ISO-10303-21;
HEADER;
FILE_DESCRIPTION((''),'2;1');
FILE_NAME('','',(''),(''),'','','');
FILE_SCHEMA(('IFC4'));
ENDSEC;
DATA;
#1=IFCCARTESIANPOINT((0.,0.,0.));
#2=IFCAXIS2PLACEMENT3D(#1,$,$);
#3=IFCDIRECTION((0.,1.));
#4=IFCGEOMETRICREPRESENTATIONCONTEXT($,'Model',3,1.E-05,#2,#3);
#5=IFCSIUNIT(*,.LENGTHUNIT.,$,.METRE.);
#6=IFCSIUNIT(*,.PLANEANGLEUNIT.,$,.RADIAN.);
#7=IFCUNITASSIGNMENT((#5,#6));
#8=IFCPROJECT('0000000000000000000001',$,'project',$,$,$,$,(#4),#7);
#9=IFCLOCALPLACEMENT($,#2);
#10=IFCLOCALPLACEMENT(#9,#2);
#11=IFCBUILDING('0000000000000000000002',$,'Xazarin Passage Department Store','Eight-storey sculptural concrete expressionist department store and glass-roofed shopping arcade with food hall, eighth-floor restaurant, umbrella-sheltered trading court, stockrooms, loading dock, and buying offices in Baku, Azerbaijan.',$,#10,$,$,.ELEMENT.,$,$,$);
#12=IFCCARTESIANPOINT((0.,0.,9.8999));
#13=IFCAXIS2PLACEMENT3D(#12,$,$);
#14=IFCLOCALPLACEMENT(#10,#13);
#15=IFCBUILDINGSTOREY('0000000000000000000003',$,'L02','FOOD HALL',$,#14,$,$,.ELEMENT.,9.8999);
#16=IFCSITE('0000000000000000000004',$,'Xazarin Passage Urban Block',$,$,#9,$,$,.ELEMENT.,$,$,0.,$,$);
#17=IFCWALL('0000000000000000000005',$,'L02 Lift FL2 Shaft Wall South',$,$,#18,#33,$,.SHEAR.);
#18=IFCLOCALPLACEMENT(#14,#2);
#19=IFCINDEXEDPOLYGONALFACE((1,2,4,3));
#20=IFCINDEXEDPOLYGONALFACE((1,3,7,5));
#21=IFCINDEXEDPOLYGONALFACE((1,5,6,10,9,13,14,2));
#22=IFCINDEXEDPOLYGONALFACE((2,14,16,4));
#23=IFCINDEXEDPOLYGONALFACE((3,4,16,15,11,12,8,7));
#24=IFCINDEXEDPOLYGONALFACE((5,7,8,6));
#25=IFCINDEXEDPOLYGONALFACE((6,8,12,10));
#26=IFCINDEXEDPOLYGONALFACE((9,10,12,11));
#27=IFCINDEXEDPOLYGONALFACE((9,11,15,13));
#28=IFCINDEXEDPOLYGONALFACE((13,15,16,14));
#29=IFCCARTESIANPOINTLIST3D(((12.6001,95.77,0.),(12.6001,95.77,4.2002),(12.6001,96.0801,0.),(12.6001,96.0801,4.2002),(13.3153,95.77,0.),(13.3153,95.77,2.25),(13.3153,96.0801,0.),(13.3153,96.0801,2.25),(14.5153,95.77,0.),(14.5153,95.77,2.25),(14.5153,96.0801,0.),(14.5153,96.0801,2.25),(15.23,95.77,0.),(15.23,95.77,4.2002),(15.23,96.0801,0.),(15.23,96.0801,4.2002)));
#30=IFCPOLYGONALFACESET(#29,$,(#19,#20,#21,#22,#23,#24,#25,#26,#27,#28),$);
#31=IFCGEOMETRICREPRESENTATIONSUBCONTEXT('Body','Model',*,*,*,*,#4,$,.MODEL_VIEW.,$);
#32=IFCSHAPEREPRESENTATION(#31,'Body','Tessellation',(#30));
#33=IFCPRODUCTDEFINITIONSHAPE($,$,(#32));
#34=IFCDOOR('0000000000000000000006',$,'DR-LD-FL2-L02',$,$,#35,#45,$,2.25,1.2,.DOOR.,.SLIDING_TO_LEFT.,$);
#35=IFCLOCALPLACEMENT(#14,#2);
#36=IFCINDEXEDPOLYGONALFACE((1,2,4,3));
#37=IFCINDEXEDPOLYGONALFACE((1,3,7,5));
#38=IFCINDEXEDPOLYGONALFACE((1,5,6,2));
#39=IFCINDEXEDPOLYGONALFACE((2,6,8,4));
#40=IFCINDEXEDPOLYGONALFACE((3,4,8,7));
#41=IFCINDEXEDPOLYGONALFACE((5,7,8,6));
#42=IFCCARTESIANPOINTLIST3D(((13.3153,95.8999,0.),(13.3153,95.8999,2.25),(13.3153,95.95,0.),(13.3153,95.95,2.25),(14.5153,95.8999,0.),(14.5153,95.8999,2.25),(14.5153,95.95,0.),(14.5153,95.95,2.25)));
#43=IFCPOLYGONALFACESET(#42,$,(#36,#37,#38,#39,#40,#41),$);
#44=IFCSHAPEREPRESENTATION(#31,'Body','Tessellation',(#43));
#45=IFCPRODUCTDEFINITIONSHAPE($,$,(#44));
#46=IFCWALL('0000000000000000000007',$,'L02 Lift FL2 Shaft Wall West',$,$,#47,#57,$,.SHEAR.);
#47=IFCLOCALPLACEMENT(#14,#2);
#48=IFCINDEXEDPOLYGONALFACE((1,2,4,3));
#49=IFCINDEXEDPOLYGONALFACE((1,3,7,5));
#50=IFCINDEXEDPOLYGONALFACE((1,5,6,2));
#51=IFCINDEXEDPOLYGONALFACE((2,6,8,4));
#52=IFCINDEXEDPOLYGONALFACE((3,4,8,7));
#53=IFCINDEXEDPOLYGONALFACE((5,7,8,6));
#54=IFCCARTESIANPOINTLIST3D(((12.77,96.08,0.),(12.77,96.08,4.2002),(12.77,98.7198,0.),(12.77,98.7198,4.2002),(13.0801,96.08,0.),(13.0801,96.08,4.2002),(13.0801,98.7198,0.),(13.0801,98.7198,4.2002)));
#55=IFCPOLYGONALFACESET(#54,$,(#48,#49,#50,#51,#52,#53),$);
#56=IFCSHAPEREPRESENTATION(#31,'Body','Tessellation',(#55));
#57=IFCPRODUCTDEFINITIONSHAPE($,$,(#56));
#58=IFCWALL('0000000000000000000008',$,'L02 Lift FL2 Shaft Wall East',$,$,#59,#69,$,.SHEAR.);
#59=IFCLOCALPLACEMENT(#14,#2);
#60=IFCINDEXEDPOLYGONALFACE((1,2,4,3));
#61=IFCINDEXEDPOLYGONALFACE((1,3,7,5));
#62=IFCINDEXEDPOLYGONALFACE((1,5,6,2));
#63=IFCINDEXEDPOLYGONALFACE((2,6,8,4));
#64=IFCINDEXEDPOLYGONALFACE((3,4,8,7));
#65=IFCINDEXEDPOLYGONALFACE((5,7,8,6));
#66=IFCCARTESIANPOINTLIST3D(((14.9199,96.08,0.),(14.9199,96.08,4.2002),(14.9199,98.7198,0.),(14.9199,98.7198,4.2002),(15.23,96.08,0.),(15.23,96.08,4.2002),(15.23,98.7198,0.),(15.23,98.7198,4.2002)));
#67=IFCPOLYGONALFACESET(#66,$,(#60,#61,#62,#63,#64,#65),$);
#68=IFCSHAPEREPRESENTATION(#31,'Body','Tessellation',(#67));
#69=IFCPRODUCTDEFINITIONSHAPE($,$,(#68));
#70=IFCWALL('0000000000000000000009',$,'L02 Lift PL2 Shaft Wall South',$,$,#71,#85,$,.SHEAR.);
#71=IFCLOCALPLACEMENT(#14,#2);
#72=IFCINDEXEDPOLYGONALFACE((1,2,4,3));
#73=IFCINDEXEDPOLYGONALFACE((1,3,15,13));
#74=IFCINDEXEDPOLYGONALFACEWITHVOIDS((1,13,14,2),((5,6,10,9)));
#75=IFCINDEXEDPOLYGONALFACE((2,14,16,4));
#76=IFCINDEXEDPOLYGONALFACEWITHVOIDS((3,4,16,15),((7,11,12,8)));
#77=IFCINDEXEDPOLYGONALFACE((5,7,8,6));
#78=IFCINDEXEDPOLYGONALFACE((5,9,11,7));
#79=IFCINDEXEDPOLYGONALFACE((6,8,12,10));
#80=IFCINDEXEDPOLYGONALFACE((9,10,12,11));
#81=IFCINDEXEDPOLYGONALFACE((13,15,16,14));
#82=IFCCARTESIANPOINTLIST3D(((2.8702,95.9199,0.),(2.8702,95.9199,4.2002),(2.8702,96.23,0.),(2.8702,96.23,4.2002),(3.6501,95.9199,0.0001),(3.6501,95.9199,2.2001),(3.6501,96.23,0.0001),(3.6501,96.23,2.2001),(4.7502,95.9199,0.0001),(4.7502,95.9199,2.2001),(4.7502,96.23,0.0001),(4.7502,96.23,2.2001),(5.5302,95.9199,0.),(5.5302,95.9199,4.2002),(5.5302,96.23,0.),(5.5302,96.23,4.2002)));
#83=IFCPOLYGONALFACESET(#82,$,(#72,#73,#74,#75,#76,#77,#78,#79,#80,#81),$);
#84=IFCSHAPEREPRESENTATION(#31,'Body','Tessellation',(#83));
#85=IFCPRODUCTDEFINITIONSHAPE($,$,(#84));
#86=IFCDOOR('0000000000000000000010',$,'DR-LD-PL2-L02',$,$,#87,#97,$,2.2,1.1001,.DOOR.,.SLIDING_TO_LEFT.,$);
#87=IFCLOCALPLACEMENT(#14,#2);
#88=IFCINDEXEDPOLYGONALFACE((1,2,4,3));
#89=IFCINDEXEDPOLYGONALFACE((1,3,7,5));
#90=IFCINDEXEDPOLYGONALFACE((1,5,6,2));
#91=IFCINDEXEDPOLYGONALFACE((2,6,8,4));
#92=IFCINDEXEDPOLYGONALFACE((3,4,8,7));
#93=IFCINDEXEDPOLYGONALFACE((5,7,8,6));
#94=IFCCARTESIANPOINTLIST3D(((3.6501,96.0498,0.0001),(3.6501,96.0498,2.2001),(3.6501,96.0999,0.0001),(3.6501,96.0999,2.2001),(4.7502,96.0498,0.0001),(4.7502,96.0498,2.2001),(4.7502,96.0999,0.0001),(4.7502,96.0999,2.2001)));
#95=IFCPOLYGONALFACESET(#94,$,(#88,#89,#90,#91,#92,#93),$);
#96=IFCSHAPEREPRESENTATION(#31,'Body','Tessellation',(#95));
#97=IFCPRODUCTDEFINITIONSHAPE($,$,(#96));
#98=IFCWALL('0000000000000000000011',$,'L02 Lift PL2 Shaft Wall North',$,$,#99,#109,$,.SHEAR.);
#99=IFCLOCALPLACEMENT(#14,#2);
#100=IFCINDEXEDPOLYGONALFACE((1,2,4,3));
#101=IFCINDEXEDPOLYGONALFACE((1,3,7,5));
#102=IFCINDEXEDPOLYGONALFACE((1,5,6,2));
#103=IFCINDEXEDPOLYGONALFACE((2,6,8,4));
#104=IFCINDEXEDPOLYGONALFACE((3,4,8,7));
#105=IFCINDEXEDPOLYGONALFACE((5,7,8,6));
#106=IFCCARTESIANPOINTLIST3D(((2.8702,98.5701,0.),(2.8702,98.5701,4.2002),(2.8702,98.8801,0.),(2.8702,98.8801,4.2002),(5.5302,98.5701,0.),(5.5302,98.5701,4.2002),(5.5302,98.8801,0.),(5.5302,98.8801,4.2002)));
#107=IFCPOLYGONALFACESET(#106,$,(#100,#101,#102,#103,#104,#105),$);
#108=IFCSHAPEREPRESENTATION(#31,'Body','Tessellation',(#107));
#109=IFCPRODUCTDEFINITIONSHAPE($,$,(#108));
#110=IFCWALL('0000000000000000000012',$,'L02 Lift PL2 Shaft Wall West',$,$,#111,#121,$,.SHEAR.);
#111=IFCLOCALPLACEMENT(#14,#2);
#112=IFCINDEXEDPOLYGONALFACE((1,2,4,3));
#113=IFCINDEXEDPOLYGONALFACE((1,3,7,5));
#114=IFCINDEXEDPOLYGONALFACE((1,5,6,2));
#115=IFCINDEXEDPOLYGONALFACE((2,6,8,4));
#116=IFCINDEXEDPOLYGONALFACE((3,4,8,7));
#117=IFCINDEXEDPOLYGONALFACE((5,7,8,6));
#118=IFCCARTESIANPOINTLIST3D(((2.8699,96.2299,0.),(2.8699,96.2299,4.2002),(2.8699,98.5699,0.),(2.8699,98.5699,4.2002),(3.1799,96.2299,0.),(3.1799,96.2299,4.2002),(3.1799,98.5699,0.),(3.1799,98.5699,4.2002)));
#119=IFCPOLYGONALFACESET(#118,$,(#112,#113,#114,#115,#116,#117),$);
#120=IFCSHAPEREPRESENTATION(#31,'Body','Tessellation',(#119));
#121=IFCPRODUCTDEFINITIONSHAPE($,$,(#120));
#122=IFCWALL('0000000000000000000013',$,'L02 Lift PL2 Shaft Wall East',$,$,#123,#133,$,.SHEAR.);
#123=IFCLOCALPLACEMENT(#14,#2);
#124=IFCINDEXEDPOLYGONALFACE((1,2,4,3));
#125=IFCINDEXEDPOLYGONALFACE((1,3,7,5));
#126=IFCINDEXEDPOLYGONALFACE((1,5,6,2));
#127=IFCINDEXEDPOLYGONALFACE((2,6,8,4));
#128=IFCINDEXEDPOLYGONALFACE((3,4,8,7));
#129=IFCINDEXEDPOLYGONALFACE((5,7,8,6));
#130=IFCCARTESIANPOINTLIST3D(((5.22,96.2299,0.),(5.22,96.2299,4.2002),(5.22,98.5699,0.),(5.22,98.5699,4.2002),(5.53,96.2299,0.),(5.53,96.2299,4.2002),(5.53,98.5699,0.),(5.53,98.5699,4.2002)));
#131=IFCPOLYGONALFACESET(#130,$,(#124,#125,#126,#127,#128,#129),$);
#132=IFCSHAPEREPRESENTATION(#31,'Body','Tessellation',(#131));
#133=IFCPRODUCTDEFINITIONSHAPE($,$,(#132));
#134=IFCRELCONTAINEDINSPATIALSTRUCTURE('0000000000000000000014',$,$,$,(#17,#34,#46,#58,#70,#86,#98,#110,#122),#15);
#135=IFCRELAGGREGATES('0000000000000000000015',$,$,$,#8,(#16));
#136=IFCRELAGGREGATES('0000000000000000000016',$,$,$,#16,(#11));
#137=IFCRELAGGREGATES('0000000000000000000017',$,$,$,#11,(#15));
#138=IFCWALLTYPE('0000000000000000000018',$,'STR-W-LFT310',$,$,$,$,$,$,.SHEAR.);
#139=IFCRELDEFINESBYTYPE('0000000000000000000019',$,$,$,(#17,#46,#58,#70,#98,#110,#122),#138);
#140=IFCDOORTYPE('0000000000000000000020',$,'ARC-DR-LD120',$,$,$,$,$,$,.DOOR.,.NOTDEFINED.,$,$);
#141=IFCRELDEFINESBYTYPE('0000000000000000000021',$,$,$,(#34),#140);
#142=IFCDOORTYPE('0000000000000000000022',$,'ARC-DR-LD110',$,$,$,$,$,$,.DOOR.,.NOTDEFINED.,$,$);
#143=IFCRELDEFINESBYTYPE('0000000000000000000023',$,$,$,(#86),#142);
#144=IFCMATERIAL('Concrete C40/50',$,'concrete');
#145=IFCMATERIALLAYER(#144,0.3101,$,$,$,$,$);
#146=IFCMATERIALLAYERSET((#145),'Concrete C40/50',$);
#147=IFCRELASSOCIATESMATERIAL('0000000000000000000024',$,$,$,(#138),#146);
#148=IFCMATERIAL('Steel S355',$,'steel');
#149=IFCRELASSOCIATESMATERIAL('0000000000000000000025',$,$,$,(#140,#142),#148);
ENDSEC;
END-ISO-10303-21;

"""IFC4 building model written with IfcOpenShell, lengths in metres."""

from ifc_helpers import new_model, si_unit, direction, frame, frame_2d, origin, place, context, subcontext, project, spatial, rectangle, extrude, material, layer, layer_set, type_object, element, fill, save


model = new_model("IFC4")

# Units and contexts
model_context = context("Model", 3, precision=1e-05, world=origin(), true_north=direction((0.0, 1.0)))
body_context = subcontext(model_context, "Body", "Model", "MODEL_VIEW")
ifc_project = project(units=[si_unit("LENGTHUNIT", "METRE"), si_unit("PLANEANGLEUNIT", "RADIAN")], contexts=[model_context])

# Site, building, storey
site_placement = place(None, origin())
site = spatial("IfcSite", under=ifc_project, at=site_placement, Name="Xazarin Passage Urban Block", CompositionType="ELEMENT", RefElevation=0.0)
building_placement = place(site_placement, origin())
building = spatial("IfcBuilding", under=site, at=building_placement, Name="Xazarin Passage Department Store", Description="Eight-storey sculptural concrete expressionist department store and glass-roofed shopping arcade with food hall, eighth-floor restaurant, umbrella-sheltered trading court, stockrooms, loading dock, and buying offices in Baku, Azerbaijan.", CompositionType="ELEMENT")
storey_placement = place(building_placement, frame((0.0, 0.0, 9.8999)))
storey = spatial("IfcBuildingStorey", under=building, at=storey_placement, Name="L02", Description="FOOD HALL", CompositionType="ELEMENT", Elevation=9.8999)

# Shared definitions
ifc_material_1 = material(Name="Concrete C40/50", Category="concrete")

# Shared definitions
ifc_material_2 = material(Name="Steel S355", Category="steel")

# Shared definitions
ifc_layer_1 = layer(ifc_material_1, 0.3101)
ifc_layer_set_1 = layer_set([ifc_layer_1], Name="Concrete C40/50")
wall_type_1 = type_object("IfcWallType", Name="STR-W-LFT310", PredefinedType="SHEAR", material=ifc_layer_set_1)
door_type_1 = type_object("IfcDoorType", Name="ARC-DR-LD120", OperationType="NOTDEFINED", PredefinedType="DOOR", material=ifc_material_2)

# Wall, opening, door
wall_1_placement = place(storey_placement, frame((12.6001, 95.925, 0.0), z_axis=(0.0, 0.0, 1.0), x_axis=(1.0, 0.0, 0.0)))
wall_1 = element("IfcWall", 1, at=wall_1_placement, inside=storey, type_object=wall_type_1, Name="L02 Lift FL2 Shaft Wall South", PredefinedType="SHEAR", context=body_context, shape_type="SweptSolid", body=[
    extrude(rectangle(XDim=2.6299, YDim=0.3101, at=frame_2d((1.3149, 0.0))), origin(), (0.0, 0.0, 1.0), 4.2002),
])
opening_1_placement = place(wall_1_placement, frame((0.7151, 0.0, 0.0)))
opening_1 = element("IfcOpeningElement", 2, at=opening_1_placement, cuts=wall_1, PredefinedType="OPENING", context=body_context, shape_type="SweptSolid", body=[
    extrude(rectangle(XDim=1.2, YDim=2.25, at=frame_2d((0.6001, 1.125))), frame((0.0, 0.165, 0.0), z_axis=(0.0, -1.0, 0.0), x_axis=(1.0, 0.0, 0.0)), (0.0, 0.0, 1.0), 0.3301),
])
door_1_placement = place(opening_1_placement, origin())
door_1 = element("IfcDoor", 3, at=door_1_placement, inside=storey, type_object=door_type_1, Name="DR-LD-FL2-L02", OperationType="SLIDING_TO_LEFT", OverallHeight=2.25, OverallWidth=1.2, PredefinedType="DOOR", context=body_context, shape_type="SweptSolid", body=[
    extrude(rectangle(XDim=1.2, YDim=2.25, at=frame_2d((0.6001, 1.125))), frame((0.0, 0.0249, 0.0), z_axis=(0.0, -1.0, 0.0), x_axis=(1.0, 0.0, 0.0)), (0.0, 0.0, 1.0), 0.05),
])
fill(opening_1, door_1)

# Walls
for number, where, z_axis, x_axis, name in (
    (4, (12.925, 96.0801, 0.0), (0.0, 0.0, 1.0), (0.0, 1.0, 0.0), "L02 Lift FL2 Shaft Wall West"),
    (5, (15.075, 96.0801, 0.0), (0.0, 0.0, 1.0), (0.0, 1.0, 0.0), "L02 Lift FL2 Shaft Wall East"),
):
    element("IfcWall", number, at=place(storey_placement, frame(where, z_axis=z_axis, x_axis=x_axis)), inside=storey, type_object=wall_type_1, Name=name, PredefinedType="SHEAR", context=body_context, shape_type="SweptSolid", body=[
        extrude(rectangle(XDim=2.6399, YDim=0.3101, at=frame_2d((1.3198, 0.0))), origin(), (0.0, 0.0, 1.0), 4.2002),
    ])

# Wall, opening, door
wall_2_placement = place(storey_placement, frame((2.8701, 96.075, 0.0), z_axis=(0.0, 0.0, 1.0), x_axis=(1.0, 0.0, 0.0)))
wall_2 = element("IfcWall", 6, at=wall_2_placement, inside=storey, type_object=wall_type_1, Name="L02 Lift PL2 Shaft Wall South", PredefinedType="SHEAR", context=body_context, shape_type="SweptSolid", body=[
    extrude(rectangle(XDim=2.6599, YDim=0.3101, at=frame_2d((1.3301, 0.0))), origin(), (0.0, 0.0, 1.0), 4.2002),
])
opening_2_placement = place(wall_2_placement, frame((0.78, 0.0, 0.0)))
opening_2 = element("IfcOpeningElement", 7, at=opening_2_placement, cuts=wall_2, PredefinedType="OPENING", context=body_context, shape_type="SweptSolid", body=[
    extrude(rectangle(XDim=1.1001, YDim=2.2, at=frame_2d((0.55, 1.1001))), frame((0.0, 0.165, 0.0), z_axis=(0.0, -1.0, 0.0), x_axis=(1.0, 0.0, 0.0)), (0.0, 0.0, 1.0), 0.3301),
])
door_type_2 = type_object("IfcDoorType", Name="ARC-DR-LD110", OperationType="NOTDEFINED", PredefinedType="DOOR", material=ifc_material_2)
door_2_placement = place(opening_2_placement, origin())
door_2 = element("IfcDoor", 8, at=door_2_placement, inside=storey, type_object=door_type_2, Name="DR-LD-PL2-L02", OperationType="SLIDING_TO_LEFT", OverallHeight=2.2, OverallWidth=1.1001, PredefinedType="DOOR", context=body_context, shape_type="SweptSolid", body=[
    extrude(rectangle(XDim=1.1001, YDim=2.2, at=frame_2d((0.55, 1.1001))), frame((0.0, 0.0249, 0.0), z_axis=(0.0, -1.0, 0.0), x_axis=(1.0, 0.0, 0.0)), (0.0, 0.0, 1.0), 0.05),
])
fill(opening_2, door_2)

# Walls
wall_3_placement = place(storey_placement, frame((2.8701, 98.7251, 0.0), z_axis=(0.0, 0.0, 1.0), x_axis=(1.0, 0.0, 0.0)))
element("IfcWall", 9, at=wall_3_placement, inside=storey, type_object=wall_type_1, Name="L02 Lift PL2 Shaft Wall North", PredefinedType="SHEAR", context=body_context, shape_type="SweptSolid", body=[
    extrude(rectangle(XDim=2.6599, YDim=0.3101, at=frame_2d((1.3301, 0.0))), origin(), (0.0, 0.0, 1.0), 4.2002),
])
for number, where, z_axis, x_axis, name in (
    (10, (3.0249, 96.23, 0.0), (0.0, 0.0, 1.0), (0.0, 1.0, 0.0), "L02 Lift PL2 Shaft Wall West"),
    (11, (5.375, 96.23, 0.0), (0.0, 0.0, 1.0), (0.0, 1.0, 0.0), "L02 Lift PL2 Shaft Wall East"),
):
    element("IfcWall", number, at=place(storey_placement, frame(where, z_axis=z_axis, x_axis=x_axis)), inside=storey, type_object=wall_type_1, Name=name, PredefinedType="SHEAR", context=body_context, shape_type="SweptSolid", body=[
        extrude(rectangle(XDim=2.3401, YDim=0.3101, at=frame_2d((1.1699, 0.0))), origin(), (0.0, 0.0, 1.0), 4.2002),
    ])

save(model, "model.ifc")
